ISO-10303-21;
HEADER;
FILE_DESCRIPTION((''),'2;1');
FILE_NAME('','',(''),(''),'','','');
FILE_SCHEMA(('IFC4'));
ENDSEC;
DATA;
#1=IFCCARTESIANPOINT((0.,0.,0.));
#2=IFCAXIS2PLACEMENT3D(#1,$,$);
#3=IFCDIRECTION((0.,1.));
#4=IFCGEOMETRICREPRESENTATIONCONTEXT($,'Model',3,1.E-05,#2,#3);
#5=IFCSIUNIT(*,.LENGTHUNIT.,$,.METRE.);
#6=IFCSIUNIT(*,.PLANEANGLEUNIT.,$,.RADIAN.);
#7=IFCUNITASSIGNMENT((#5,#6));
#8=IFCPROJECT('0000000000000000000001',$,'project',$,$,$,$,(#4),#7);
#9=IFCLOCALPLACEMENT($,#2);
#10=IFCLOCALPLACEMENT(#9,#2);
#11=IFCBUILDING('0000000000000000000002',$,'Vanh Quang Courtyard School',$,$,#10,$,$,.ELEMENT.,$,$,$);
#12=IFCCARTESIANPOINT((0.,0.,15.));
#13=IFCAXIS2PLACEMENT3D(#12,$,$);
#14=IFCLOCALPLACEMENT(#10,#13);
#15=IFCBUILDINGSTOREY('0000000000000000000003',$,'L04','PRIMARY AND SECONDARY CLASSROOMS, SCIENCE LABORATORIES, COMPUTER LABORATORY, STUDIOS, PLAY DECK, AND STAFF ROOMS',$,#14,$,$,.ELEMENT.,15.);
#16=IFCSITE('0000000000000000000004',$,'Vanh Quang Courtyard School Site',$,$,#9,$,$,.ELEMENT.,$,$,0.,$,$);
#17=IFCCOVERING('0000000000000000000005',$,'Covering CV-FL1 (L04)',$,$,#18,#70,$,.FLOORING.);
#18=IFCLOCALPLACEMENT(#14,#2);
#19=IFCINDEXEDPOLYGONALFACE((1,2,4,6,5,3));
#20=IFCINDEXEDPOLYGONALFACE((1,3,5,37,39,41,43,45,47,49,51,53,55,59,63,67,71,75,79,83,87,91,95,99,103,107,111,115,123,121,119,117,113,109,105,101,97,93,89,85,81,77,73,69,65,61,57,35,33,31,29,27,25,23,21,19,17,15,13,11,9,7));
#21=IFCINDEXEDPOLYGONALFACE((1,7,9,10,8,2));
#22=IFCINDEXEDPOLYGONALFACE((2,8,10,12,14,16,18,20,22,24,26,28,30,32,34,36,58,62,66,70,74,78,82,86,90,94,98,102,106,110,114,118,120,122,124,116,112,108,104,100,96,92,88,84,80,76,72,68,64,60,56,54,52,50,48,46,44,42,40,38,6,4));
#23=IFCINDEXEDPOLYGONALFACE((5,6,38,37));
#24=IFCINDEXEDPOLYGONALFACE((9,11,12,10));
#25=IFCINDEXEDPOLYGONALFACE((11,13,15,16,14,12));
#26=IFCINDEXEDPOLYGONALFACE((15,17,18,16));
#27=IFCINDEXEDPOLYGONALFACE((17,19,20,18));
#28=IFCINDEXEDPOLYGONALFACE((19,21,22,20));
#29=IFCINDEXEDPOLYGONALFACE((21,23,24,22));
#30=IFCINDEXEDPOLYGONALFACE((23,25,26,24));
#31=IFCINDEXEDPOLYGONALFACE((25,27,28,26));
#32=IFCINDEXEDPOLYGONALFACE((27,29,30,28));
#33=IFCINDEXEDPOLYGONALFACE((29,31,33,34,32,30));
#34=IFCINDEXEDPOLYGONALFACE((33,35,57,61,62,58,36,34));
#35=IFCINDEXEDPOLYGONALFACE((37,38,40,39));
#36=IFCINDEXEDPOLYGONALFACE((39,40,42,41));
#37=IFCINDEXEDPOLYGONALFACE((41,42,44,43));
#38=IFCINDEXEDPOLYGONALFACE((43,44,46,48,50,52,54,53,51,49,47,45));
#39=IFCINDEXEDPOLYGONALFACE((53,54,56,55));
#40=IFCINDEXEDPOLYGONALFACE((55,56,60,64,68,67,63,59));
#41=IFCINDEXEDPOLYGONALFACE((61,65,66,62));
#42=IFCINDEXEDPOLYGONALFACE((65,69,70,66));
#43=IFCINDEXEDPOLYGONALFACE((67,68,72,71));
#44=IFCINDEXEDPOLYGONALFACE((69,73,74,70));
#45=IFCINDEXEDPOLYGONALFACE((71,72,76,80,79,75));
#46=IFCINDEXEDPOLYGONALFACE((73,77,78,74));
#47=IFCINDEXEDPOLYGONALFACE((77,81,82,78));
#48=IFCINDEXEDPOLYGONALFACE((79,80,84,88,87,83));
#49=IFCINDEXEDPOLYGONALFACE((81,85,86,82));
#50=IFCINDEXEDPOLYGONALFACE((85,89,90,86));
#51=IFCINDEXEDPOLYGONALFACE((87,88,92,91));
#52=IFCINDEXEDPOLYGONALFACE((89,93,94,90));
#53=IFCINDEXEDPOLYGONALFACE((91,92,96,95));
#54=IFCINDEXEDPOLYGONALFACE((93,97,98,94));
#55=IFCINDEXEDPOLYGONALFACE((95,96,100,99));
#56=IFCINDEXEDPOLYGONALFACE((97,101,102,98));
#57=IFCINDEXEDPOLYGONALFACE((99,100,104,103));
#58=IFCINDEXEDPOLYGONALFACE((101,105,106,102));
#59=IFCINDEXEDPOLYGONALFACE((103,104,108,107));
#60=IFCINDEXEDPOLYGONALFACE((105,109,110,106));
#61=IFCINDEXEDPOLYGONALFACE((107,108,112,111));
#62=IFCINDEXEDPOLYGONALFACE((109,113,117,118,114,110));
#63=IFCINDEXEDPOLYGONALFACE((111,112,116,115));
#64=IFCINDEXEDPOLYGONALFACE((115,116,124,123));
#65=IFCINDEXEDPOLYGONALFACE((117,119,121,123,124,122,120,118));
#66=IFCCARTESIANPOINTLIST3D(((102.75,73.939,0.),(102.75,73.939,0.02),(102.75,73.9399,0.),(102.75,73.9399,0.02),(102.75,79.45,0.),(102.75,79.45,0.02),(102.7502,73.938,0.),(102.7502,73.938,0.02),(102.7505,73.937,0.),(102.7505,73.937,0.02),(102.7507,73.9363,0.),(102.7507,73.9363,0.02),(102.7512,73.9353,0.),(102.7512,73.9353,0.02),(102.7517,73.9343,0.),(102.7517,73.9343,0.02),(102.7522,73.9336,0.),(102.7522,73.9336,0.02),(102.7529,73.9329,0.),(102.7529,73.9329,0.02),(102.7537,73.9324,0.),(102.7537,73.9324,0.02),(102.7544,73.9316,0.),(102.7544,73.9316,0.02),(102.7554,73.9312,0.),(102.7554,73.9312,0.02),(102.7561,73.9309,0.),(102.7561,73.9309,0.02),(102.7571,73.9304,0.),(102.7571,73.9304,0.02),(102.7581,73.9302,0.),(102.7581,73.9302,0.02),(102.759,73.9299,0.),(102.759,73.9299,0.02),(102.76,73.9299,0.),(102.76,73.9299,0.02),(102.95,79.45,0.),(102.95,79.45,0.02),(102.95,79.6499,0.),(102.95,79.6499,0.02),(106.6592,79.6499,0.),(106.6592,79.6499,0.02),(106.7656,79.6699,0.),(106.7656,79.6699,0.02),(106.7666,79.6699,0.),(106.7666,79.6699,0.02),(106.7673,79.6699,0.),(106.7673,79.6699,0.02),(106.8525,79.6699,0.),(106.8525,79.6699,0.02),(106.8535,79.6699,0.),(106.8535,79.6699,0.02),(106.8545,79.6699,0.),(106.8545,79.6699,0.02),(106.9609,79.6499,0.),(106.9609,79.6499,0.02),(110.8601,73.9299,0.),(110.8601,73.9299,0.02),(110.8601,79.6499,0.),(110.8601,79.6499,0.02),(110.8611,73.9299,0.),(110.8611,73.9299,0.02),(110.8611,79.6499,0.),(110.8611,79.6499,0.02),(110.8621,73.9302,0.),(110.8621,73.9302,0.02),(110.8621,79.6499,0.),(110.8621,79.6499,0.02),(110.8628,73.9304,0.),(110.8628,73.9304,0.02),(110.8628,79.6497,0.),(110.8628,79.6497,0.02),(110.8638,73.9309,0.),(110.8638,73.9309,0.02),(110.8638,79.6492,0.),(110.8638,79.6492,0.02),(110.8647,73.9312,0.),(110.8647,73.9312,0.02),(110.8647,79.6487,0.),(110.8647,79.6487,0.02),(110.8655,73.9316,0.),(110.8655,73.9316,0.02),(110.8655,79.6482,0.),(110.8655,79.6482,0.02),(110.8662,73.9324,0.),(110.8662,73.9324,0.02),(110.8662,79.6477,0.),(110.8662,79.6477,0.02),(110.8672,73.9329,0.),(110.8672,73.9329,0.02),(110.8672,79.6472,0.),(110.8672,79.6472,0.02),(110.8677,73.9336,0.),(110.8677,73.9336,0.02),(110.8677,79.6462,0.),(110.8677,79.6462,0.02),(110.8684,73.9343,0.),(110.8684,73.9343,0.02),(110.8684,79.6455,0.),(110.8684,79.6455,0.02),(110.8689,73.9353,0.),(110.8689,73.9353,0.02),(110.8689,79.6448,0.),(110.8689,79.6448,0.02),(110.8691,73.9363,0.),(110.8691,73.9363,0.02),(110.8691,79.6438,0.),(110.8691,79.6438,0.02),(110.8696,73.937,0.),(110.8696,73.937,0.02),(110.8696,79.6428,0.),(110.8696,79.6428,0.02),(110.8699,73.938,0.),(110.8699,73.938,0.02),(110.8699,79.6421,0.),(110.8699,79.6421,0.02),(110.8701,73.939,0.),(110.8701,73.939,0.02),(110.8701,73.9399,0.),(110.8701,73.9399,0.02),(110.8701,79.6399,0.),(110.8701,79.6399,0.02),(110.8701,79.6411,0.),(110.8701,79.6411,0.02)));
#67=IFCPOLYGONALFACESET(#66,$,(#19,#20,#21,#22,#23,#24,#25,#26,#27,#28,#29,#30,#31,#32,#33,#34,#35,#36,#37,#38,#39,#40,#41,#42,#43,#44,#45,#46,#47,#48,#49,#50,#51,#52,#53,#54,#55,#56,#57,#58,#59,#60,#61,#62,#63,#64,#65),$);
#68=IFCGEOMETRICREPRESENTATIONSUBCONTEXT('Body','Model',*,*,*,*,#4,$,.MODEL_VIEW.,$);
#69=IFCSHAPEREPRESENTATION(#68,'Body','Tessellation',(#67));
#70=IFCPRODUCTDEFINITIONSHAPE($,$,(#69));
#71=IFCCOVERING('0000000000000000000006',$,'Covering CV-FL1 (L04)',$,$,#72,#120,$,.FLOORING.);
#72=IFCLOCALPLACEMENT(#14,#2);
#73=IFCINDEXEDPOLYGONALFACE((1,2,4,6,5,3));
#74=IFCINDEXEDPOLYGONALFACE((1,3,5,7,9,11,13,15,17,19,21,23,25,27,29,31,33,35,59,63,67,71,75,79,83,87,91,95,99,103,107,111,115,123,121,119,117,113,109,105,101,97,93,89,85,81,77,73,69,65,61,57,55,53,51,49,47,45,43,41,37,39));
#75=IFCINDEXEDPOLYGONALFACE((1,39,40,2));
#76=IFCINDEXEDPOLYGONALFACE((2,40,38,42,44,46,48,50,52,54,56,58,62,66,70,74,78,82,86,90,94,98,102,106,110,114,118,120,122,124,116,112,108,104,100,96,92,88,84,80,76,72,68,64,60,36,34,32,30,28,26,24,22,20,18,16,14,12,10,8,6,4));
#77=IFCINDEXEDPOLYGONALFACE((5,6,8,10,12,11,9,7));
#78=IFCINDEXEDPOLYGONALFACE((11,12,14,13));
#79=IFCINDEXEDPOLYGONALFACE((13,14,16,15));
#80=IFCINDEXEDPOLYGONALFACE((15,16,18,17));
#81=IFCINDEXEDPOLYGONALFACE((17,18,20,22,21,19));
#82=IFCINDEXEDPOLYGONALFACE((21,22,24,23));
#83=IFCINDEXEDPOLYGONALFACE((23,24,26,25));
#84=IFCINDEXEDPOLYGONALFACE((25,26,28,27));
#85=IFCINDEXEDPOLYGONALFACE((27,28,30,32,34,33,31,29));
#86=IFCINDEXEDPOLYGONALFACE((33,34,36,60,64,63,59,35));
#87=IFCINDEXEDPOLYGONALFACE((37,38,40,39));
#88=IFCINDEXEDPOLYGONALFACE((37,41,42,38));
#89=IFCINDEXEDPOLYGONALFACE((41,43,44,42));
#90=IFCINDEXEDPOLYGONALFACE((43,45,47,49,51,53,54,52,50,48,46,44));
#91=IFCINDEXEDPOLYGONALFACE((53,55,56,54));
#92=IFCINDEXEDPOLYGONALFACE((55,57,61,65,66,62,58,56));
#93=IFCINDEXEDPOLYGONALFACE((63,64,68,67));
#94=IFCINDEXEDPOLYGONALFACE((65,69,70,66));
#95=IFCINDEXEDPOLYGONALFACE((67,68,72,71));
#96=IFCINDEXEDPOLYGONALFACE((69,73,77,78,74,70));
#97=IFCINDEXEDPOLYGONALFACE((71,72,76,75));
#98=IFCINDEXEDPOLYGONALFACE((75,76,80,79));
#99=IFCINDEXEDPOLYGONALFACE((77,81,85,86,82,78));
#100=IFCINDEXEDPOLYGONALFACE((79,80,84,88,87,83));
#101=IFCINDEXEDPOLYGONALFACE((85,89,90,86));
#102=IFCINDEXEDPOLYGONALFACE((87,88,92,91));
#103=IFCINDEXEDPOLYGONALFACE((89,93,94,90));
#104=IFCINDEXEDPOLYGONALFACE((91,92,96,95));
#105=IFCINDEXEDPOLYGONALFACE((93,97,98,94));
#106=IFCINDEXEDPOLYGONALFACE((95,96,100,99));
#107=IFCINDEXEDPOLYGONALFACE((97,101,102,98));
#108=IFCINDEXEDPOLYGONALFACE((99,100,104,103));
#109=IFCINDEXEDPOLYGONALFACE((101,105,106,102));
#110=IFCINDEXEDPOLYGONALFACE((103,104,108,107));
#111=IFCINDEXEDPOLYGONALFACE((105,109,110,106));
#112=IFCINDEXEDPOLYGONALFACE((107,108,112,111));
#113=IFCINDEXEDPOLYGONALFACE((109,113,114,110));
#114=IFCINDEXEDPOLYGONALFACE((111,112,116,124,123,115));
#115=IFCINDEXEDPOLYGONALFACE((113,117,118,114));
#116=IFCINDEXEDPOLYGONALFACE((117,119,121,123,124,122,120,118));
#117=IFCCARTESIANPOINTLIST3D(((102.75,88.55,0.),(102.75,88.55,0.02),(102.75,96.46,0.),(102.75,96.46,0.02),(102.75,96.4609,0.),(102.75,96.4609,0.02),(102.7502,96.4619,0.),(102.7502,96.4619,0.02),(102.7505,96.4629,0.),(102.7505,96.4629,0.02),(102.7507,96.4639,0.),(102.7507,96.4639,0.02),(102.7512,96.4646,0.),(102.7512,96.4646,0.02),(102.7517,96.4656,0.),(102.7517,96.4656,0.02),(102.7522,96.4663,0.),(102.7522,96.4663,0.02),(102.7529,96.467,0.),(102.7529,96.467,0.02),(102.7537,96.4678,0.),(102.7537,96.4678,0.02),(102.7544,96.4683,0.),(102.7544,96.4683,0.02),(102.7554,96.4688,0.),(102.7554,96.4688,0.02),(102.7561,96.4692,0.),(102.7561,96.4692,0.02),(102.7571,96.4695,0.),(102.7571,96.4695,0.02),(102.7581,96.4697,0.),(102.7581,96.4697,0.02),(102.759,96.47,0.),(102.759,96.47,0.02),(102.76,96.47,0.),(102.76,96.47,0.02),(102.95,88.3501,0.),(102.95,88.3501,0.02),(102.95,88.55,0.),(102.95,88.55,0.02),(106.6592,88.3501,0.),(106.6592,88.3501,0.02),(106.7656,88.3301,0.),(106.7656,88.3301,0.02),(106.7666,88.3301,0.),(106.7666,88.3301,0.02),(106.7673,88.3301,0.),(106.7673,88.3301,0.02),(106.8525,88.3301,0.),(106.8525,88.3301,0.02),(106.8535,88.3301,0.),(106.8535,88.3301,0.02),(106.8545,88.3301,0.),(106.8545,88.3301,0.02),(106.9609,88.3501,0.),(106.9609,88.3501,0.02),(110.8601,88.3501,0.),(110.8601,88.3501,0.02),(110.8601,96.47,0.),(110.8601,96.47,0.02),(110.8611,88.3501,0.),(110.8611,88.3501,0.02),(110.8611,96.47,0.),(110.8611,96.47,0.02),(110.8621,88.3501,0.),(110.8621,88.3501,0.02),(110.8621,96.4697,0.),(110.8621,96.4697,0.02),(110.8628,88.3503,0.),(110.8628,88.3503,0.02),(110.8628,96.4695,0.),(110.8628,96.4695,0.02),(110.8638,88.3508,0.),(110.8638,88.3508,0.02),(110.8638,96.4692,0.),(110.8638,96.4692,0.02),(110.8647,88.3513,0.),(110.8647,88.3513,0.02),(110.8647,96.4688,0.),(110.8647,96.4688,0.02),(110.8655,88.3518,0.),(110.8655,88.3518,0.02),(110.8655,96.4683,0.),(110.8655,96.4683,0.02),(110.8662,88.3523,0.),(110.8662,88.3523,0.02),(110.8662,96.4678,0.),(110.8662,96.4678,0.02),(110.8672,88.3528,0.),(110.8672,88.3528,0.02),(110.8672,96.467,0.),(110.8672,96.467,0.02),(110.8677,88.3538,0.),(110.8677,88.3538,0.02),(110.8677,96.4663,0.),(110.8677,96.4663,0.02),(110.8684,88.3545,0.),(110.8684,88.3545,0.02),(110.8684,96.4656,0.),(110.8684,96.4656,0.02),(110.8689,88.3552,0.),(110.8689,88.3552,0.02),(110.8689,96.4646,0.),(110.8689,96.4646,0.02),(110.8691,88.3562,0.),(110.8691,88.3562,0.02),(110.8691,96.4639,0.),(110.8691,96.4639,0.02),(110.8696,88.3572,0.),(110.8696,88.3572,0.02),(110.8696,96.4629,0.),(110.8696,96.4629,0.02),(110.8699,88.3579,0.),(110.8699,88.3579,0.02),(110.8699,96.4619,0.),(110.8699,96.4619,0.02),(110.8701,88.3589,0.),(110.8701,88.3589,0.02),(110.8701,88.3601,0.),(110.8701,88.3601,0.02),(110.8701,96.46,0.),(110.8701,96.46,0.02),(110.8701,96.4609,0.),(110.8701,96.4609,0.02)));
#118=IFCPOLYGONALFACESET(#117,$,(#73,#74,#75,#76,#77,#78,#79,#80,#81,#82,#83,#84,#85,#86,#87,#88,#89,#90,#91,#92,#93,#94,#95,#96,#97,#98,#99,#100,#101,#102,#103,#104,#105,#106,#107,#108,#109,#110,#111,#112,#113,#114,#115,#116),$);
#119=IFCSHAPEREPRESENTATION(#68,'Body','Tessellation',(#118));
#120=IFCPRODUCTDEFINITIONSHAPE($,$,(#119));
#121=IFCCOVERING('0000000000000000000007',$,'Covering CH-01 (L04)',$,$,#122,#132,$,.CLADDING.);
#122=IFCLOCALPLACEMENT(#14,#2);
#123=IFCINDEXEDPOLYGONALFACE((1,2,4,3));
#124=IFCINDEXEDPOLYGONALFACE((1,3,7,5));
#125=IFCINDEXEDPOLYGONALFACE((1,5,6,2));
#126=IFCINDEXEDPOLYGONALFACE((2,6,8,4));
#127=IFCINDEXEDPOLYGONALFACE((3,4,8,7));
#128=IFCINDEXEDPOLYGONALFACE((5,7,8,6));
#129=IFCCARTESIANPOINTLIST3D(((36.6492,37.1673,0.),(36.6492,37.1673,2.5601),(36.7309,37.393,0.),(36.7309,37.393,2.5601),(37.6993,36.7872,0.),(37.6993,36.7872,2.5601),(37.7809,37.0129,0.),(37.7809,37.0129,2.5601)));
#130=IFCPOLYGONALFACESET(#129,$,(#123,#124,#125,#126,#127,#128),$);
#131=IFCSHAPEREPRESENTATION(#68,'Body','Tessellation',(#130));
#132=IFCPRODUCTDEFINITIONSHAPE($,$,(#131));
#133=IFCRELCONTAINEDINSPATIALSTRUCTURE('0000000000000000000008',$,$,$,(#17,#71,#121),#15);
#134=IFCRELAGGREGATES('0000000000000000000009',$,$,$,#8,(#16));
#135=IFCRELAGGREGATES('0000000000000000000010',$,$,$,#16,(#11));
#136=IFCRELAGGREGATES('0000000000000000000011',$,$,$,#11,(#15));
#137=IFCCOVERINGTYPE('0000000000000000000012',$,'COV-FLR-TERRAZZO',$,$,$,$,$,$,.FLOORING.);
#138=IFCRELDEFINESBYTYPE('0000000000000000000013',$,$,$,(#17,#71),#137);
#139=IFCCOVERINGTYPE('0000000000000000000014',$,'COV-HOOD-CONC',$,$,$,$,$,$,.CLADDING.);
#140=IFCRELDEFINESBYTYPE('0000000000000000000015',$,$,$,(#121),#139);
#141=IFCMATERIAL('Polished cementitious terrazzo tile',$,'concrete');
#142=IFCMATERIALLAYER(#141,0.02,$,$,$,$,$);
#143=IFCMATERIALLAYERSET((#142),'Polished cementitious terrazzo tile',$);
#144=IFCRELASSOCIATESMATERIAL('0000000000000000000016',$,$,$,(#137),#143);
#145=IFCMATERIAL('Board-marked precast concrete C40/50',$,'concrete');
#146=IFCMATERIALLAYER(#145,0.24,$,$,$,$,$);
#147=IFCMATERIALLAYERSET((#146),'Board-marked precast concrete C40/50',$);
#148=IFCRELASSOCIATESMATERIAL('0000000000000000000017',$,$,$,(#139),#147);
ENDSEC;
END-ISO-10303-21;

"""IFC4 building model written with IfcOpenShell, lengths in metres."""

from ifc_helpers import new_model, si_unit, direction, frame, origin, origin_2d, place, context, subcontext, project, spatial, polyline, rectangle, outline, extrude, material, layer, layer_set, type_object, element, save


model = new_model("IFC4")

# Units and contexts
model_context = context("Model", 3, precision=1e-05, world=origin(), true_north=direction((0.0, 1.0)))
body_context = subcontext(model_context, "Body", "Model", "MODEL_VIEW")
ifc_project = project(units=[si_unit("LENGTHUNIT", "METRE"), si_unit("PLANEANGLEUNIT", "RADIAN")], contexts=[model_context])

# Site, building, storey
site_placement = place(None, origin())
site = spatial("IfcSite", under=ifc_project, at=site_placement, Name="Vanh Quang Courtyard School Site", CompositionType="ELEMENT", RefElevation=0.0)
building_placement = place(site_placement, origin())
building = spatial("IfcBuilding", under=site, at=building_placement, Name="Vanh Quang Courtyard School", CompositionType="ELEMENT")
storey_placement = place(building_placement, frame((0.0, 0.0, 15.0)))
storey = spatial("IfcBuildingStorey", under=building, at=storey_placement, Name="L04", Description="PRIMARY AND SECONDARY CLASSROOMS, SCIENCE LABORATORIES, COMPUTER LABORATORY, STUDIOS, PLAY DECK, AND STAFF ROOMS", CompositionType="ELEMENT", Elevation=15.0)

# Coverings
ifc_material_1 = material(Name="Polished cementitious terrazzo tile", Category="concrete")
ifc_layer_1 = layer(ifc_material_1, 0.02)
ifc_layer_set_1 = layer_set([ifc_layer_1], Name="Polished cementitious terrazzo tile")
covering_type_1 = type_object("IfcCoveringType", Name="COV-FLR-TERRAZZO", PredefinedType="FLOORING", material=ifc_layer_set_1)
covering_1_placement = place(storey_placement, origin())
element("IfcCovering", 1, at=covering_1_placement, inside=storey, type_object=covering_type_1, Name="Covering CV-FL1 (L04)", PredefinedType="FLOORING", context=body_context, shape_type="SweptSolid", body=[
    extrude(outline(polyline([(102.75, 79.45), (102.95, 79.45), (102.95, 79.6499), (106.6592, 79.6499), (106.7656, 79.6699), (106.7666, 79.6699), (106.7673, 79.6699), (106.8525, 79.6699), (106.8535, 79.6699), (106.8545, 79.6699), (106.9609, 79.6499), (110.8601, 79.6499), (110.8611, 79.6499), (110.8621, 79.6499), (110.8628, 79.6497), (110.8638, 79.6492), (110.8647, 79.6487), (110.8655, 79.6482), (110.8662, 79.6477), (110.8672, 79.6472), (110.8677, 79.6462), (110.8684, 79.6455), (110.8689, 79.6448), (110.8691, 79.6438), (110.8696, 79.6428), (110.8699, 79.6421), (110.8701, 79.6411), (110.8701, 79.6399), (110.8701, 73.9399), (110.8701, 73.939), (110.8699, 73.938), (110.8696, 73.937), (110.8691, 73.9363), (110.8689, 73.9353), (110.8684, 73.9343), (110.8677, 73.9336), (110.8672, 73.9329), (110.8662, 73.9324), (110.8655, 73.9316), (110.8647, 73.9312), (110.8638, 73.9309), (110.8628, 73.9304), (110.8621, 73.9302), (110.8611, 73.9299), (110.8601, 73.9299), (102.76, 73.9299), (102.759, 73.9299), (102.7581, 73.9302), (102.7571, 73.9304), (102.7561, 73.9309), (102.7554, 73.9312), (102.7544, 73.9316), (102.7537, 73.9324), (102.7529, 73.9329), (102.7522, 73.9336), (102.7517, 73.9343), (102.7512, 73.9353), (102.7507, 73.9363), (102.7505, 73.937), (102.7502, 73.938), (102.75, 73.939), (102.75, 73.9399), (102.75, 79.45)])), origin(), (0.0, 0.0, 1.0), 0.02),
])
covering_2_placement = place(storey_placement, origin())
element("IfcCovering", 2, at=covering_2_placement, inside=storey, type_object=covering_type_1, Name="Covering CV-FL1 (L04)", PredefinedType="FLOORING", context=body_context, shape_type="SweptSolid", body=[
    extrude(outline(polyline([(102.95, 88.3501), (102.95, 88.55), (102.75, 88.55), (102.75, 96.46), (102.75, 96.4609), (102.7502, 96.4619), (102.7505, 96.4629), (102.7507, 96.4639), (102.7512, 96.4646), (102.7517, 96.4656), (102.7522, 96.4663), (102.7529, 96.467), (102.7537, 96.4678), (102.7544, 96.4683), (102.7554, 96.4688), (102.7561, 96.4692), (102.7571, 96.4695), (102.7581, 96.4697), (102.759, 96.47), (102.76, 96.47), (110.8601, 96.47), (110.8611, 96.47), (110.8621, 96.4697), (110.8628, 96.4695), (110.8638, 96.4692), (110.8647, 96.4688), (110.8655, 96.4683), (110.8662, 96.4678), (110.8672, 96.467), (110.8677, 96.4663), (110.8684, 96.4656), (110.8689, 96.4646), (110.8691, 96.4639), (110.8696, 96.4629), (110.8699, 96.4619), (110.8701, 96.4609), (110.8701, 96.46), (110.8701, 88.3601), (110.8701, 88.3589), (110.8699, 88.3579), (110.8696, 88.3572), (110.8691, 88.3562), (110.8689, 88.3552), (110.8684, 88.3545), (110.8677, 88.3538), (110.8672, 88.3528), (110.8662, 88.3523), (110.8655, 88.3518), (110.8647, 88.3513), (110.8638, 88.3508), (110.8628, 88.3503), (110.8621, 88.3501), (110.8611, 88.3501), (110.8601, 88.3501), (106.9609, 88.3501), (106.8545, 88.3301), (106.8535, 88.3301), (106.8525, 88.3301), (106.7673, 88.3301), (106.7666, 88.3301), (106.7656, 88.3301), (106.6592, 88.3501), (102.95, 88.3501)])), origin(), (0.0, 0.0, 1.0), 0.02),
])
ifc_material_2 = material(Name="Board-marked precast concrete C40/50", Category="concrete")
ifc_layer_2 = layer(ifc_material_2, 0.24)
ifc_layer_set_2 = layer_set([ifc_layer_2], Name="Board-marked precast concrete C40/50")
covering_type_2 = type_object("IfcCoveringType", Name="COV-HOOD-CONC", PredefinedType="CLADDING", material=ifc_layer_set_2)
covering_3_placement = place(storey_placement, frame((37.2151, 37.0901, 0.0), z_axis=(0.0, 0.0, 1.0), x_axis=(-0.940288, 0.34038, 0.0)))
element("IfcCovering", 3, at=covering_3_placement, inside=storey, type_object=covering_type_2, Name="Covering CH-01 (L04)", PredefinedType="CLADDING", context=body_context, shape_type="SweptSolid", body=[
    extrude(rectangle(XDim=1.1167, YDim=0.24, at=origin_2d()), origin(), (0.0, 0.0, 1.0), 2.5601),
])

save(model, "model.ifc")
